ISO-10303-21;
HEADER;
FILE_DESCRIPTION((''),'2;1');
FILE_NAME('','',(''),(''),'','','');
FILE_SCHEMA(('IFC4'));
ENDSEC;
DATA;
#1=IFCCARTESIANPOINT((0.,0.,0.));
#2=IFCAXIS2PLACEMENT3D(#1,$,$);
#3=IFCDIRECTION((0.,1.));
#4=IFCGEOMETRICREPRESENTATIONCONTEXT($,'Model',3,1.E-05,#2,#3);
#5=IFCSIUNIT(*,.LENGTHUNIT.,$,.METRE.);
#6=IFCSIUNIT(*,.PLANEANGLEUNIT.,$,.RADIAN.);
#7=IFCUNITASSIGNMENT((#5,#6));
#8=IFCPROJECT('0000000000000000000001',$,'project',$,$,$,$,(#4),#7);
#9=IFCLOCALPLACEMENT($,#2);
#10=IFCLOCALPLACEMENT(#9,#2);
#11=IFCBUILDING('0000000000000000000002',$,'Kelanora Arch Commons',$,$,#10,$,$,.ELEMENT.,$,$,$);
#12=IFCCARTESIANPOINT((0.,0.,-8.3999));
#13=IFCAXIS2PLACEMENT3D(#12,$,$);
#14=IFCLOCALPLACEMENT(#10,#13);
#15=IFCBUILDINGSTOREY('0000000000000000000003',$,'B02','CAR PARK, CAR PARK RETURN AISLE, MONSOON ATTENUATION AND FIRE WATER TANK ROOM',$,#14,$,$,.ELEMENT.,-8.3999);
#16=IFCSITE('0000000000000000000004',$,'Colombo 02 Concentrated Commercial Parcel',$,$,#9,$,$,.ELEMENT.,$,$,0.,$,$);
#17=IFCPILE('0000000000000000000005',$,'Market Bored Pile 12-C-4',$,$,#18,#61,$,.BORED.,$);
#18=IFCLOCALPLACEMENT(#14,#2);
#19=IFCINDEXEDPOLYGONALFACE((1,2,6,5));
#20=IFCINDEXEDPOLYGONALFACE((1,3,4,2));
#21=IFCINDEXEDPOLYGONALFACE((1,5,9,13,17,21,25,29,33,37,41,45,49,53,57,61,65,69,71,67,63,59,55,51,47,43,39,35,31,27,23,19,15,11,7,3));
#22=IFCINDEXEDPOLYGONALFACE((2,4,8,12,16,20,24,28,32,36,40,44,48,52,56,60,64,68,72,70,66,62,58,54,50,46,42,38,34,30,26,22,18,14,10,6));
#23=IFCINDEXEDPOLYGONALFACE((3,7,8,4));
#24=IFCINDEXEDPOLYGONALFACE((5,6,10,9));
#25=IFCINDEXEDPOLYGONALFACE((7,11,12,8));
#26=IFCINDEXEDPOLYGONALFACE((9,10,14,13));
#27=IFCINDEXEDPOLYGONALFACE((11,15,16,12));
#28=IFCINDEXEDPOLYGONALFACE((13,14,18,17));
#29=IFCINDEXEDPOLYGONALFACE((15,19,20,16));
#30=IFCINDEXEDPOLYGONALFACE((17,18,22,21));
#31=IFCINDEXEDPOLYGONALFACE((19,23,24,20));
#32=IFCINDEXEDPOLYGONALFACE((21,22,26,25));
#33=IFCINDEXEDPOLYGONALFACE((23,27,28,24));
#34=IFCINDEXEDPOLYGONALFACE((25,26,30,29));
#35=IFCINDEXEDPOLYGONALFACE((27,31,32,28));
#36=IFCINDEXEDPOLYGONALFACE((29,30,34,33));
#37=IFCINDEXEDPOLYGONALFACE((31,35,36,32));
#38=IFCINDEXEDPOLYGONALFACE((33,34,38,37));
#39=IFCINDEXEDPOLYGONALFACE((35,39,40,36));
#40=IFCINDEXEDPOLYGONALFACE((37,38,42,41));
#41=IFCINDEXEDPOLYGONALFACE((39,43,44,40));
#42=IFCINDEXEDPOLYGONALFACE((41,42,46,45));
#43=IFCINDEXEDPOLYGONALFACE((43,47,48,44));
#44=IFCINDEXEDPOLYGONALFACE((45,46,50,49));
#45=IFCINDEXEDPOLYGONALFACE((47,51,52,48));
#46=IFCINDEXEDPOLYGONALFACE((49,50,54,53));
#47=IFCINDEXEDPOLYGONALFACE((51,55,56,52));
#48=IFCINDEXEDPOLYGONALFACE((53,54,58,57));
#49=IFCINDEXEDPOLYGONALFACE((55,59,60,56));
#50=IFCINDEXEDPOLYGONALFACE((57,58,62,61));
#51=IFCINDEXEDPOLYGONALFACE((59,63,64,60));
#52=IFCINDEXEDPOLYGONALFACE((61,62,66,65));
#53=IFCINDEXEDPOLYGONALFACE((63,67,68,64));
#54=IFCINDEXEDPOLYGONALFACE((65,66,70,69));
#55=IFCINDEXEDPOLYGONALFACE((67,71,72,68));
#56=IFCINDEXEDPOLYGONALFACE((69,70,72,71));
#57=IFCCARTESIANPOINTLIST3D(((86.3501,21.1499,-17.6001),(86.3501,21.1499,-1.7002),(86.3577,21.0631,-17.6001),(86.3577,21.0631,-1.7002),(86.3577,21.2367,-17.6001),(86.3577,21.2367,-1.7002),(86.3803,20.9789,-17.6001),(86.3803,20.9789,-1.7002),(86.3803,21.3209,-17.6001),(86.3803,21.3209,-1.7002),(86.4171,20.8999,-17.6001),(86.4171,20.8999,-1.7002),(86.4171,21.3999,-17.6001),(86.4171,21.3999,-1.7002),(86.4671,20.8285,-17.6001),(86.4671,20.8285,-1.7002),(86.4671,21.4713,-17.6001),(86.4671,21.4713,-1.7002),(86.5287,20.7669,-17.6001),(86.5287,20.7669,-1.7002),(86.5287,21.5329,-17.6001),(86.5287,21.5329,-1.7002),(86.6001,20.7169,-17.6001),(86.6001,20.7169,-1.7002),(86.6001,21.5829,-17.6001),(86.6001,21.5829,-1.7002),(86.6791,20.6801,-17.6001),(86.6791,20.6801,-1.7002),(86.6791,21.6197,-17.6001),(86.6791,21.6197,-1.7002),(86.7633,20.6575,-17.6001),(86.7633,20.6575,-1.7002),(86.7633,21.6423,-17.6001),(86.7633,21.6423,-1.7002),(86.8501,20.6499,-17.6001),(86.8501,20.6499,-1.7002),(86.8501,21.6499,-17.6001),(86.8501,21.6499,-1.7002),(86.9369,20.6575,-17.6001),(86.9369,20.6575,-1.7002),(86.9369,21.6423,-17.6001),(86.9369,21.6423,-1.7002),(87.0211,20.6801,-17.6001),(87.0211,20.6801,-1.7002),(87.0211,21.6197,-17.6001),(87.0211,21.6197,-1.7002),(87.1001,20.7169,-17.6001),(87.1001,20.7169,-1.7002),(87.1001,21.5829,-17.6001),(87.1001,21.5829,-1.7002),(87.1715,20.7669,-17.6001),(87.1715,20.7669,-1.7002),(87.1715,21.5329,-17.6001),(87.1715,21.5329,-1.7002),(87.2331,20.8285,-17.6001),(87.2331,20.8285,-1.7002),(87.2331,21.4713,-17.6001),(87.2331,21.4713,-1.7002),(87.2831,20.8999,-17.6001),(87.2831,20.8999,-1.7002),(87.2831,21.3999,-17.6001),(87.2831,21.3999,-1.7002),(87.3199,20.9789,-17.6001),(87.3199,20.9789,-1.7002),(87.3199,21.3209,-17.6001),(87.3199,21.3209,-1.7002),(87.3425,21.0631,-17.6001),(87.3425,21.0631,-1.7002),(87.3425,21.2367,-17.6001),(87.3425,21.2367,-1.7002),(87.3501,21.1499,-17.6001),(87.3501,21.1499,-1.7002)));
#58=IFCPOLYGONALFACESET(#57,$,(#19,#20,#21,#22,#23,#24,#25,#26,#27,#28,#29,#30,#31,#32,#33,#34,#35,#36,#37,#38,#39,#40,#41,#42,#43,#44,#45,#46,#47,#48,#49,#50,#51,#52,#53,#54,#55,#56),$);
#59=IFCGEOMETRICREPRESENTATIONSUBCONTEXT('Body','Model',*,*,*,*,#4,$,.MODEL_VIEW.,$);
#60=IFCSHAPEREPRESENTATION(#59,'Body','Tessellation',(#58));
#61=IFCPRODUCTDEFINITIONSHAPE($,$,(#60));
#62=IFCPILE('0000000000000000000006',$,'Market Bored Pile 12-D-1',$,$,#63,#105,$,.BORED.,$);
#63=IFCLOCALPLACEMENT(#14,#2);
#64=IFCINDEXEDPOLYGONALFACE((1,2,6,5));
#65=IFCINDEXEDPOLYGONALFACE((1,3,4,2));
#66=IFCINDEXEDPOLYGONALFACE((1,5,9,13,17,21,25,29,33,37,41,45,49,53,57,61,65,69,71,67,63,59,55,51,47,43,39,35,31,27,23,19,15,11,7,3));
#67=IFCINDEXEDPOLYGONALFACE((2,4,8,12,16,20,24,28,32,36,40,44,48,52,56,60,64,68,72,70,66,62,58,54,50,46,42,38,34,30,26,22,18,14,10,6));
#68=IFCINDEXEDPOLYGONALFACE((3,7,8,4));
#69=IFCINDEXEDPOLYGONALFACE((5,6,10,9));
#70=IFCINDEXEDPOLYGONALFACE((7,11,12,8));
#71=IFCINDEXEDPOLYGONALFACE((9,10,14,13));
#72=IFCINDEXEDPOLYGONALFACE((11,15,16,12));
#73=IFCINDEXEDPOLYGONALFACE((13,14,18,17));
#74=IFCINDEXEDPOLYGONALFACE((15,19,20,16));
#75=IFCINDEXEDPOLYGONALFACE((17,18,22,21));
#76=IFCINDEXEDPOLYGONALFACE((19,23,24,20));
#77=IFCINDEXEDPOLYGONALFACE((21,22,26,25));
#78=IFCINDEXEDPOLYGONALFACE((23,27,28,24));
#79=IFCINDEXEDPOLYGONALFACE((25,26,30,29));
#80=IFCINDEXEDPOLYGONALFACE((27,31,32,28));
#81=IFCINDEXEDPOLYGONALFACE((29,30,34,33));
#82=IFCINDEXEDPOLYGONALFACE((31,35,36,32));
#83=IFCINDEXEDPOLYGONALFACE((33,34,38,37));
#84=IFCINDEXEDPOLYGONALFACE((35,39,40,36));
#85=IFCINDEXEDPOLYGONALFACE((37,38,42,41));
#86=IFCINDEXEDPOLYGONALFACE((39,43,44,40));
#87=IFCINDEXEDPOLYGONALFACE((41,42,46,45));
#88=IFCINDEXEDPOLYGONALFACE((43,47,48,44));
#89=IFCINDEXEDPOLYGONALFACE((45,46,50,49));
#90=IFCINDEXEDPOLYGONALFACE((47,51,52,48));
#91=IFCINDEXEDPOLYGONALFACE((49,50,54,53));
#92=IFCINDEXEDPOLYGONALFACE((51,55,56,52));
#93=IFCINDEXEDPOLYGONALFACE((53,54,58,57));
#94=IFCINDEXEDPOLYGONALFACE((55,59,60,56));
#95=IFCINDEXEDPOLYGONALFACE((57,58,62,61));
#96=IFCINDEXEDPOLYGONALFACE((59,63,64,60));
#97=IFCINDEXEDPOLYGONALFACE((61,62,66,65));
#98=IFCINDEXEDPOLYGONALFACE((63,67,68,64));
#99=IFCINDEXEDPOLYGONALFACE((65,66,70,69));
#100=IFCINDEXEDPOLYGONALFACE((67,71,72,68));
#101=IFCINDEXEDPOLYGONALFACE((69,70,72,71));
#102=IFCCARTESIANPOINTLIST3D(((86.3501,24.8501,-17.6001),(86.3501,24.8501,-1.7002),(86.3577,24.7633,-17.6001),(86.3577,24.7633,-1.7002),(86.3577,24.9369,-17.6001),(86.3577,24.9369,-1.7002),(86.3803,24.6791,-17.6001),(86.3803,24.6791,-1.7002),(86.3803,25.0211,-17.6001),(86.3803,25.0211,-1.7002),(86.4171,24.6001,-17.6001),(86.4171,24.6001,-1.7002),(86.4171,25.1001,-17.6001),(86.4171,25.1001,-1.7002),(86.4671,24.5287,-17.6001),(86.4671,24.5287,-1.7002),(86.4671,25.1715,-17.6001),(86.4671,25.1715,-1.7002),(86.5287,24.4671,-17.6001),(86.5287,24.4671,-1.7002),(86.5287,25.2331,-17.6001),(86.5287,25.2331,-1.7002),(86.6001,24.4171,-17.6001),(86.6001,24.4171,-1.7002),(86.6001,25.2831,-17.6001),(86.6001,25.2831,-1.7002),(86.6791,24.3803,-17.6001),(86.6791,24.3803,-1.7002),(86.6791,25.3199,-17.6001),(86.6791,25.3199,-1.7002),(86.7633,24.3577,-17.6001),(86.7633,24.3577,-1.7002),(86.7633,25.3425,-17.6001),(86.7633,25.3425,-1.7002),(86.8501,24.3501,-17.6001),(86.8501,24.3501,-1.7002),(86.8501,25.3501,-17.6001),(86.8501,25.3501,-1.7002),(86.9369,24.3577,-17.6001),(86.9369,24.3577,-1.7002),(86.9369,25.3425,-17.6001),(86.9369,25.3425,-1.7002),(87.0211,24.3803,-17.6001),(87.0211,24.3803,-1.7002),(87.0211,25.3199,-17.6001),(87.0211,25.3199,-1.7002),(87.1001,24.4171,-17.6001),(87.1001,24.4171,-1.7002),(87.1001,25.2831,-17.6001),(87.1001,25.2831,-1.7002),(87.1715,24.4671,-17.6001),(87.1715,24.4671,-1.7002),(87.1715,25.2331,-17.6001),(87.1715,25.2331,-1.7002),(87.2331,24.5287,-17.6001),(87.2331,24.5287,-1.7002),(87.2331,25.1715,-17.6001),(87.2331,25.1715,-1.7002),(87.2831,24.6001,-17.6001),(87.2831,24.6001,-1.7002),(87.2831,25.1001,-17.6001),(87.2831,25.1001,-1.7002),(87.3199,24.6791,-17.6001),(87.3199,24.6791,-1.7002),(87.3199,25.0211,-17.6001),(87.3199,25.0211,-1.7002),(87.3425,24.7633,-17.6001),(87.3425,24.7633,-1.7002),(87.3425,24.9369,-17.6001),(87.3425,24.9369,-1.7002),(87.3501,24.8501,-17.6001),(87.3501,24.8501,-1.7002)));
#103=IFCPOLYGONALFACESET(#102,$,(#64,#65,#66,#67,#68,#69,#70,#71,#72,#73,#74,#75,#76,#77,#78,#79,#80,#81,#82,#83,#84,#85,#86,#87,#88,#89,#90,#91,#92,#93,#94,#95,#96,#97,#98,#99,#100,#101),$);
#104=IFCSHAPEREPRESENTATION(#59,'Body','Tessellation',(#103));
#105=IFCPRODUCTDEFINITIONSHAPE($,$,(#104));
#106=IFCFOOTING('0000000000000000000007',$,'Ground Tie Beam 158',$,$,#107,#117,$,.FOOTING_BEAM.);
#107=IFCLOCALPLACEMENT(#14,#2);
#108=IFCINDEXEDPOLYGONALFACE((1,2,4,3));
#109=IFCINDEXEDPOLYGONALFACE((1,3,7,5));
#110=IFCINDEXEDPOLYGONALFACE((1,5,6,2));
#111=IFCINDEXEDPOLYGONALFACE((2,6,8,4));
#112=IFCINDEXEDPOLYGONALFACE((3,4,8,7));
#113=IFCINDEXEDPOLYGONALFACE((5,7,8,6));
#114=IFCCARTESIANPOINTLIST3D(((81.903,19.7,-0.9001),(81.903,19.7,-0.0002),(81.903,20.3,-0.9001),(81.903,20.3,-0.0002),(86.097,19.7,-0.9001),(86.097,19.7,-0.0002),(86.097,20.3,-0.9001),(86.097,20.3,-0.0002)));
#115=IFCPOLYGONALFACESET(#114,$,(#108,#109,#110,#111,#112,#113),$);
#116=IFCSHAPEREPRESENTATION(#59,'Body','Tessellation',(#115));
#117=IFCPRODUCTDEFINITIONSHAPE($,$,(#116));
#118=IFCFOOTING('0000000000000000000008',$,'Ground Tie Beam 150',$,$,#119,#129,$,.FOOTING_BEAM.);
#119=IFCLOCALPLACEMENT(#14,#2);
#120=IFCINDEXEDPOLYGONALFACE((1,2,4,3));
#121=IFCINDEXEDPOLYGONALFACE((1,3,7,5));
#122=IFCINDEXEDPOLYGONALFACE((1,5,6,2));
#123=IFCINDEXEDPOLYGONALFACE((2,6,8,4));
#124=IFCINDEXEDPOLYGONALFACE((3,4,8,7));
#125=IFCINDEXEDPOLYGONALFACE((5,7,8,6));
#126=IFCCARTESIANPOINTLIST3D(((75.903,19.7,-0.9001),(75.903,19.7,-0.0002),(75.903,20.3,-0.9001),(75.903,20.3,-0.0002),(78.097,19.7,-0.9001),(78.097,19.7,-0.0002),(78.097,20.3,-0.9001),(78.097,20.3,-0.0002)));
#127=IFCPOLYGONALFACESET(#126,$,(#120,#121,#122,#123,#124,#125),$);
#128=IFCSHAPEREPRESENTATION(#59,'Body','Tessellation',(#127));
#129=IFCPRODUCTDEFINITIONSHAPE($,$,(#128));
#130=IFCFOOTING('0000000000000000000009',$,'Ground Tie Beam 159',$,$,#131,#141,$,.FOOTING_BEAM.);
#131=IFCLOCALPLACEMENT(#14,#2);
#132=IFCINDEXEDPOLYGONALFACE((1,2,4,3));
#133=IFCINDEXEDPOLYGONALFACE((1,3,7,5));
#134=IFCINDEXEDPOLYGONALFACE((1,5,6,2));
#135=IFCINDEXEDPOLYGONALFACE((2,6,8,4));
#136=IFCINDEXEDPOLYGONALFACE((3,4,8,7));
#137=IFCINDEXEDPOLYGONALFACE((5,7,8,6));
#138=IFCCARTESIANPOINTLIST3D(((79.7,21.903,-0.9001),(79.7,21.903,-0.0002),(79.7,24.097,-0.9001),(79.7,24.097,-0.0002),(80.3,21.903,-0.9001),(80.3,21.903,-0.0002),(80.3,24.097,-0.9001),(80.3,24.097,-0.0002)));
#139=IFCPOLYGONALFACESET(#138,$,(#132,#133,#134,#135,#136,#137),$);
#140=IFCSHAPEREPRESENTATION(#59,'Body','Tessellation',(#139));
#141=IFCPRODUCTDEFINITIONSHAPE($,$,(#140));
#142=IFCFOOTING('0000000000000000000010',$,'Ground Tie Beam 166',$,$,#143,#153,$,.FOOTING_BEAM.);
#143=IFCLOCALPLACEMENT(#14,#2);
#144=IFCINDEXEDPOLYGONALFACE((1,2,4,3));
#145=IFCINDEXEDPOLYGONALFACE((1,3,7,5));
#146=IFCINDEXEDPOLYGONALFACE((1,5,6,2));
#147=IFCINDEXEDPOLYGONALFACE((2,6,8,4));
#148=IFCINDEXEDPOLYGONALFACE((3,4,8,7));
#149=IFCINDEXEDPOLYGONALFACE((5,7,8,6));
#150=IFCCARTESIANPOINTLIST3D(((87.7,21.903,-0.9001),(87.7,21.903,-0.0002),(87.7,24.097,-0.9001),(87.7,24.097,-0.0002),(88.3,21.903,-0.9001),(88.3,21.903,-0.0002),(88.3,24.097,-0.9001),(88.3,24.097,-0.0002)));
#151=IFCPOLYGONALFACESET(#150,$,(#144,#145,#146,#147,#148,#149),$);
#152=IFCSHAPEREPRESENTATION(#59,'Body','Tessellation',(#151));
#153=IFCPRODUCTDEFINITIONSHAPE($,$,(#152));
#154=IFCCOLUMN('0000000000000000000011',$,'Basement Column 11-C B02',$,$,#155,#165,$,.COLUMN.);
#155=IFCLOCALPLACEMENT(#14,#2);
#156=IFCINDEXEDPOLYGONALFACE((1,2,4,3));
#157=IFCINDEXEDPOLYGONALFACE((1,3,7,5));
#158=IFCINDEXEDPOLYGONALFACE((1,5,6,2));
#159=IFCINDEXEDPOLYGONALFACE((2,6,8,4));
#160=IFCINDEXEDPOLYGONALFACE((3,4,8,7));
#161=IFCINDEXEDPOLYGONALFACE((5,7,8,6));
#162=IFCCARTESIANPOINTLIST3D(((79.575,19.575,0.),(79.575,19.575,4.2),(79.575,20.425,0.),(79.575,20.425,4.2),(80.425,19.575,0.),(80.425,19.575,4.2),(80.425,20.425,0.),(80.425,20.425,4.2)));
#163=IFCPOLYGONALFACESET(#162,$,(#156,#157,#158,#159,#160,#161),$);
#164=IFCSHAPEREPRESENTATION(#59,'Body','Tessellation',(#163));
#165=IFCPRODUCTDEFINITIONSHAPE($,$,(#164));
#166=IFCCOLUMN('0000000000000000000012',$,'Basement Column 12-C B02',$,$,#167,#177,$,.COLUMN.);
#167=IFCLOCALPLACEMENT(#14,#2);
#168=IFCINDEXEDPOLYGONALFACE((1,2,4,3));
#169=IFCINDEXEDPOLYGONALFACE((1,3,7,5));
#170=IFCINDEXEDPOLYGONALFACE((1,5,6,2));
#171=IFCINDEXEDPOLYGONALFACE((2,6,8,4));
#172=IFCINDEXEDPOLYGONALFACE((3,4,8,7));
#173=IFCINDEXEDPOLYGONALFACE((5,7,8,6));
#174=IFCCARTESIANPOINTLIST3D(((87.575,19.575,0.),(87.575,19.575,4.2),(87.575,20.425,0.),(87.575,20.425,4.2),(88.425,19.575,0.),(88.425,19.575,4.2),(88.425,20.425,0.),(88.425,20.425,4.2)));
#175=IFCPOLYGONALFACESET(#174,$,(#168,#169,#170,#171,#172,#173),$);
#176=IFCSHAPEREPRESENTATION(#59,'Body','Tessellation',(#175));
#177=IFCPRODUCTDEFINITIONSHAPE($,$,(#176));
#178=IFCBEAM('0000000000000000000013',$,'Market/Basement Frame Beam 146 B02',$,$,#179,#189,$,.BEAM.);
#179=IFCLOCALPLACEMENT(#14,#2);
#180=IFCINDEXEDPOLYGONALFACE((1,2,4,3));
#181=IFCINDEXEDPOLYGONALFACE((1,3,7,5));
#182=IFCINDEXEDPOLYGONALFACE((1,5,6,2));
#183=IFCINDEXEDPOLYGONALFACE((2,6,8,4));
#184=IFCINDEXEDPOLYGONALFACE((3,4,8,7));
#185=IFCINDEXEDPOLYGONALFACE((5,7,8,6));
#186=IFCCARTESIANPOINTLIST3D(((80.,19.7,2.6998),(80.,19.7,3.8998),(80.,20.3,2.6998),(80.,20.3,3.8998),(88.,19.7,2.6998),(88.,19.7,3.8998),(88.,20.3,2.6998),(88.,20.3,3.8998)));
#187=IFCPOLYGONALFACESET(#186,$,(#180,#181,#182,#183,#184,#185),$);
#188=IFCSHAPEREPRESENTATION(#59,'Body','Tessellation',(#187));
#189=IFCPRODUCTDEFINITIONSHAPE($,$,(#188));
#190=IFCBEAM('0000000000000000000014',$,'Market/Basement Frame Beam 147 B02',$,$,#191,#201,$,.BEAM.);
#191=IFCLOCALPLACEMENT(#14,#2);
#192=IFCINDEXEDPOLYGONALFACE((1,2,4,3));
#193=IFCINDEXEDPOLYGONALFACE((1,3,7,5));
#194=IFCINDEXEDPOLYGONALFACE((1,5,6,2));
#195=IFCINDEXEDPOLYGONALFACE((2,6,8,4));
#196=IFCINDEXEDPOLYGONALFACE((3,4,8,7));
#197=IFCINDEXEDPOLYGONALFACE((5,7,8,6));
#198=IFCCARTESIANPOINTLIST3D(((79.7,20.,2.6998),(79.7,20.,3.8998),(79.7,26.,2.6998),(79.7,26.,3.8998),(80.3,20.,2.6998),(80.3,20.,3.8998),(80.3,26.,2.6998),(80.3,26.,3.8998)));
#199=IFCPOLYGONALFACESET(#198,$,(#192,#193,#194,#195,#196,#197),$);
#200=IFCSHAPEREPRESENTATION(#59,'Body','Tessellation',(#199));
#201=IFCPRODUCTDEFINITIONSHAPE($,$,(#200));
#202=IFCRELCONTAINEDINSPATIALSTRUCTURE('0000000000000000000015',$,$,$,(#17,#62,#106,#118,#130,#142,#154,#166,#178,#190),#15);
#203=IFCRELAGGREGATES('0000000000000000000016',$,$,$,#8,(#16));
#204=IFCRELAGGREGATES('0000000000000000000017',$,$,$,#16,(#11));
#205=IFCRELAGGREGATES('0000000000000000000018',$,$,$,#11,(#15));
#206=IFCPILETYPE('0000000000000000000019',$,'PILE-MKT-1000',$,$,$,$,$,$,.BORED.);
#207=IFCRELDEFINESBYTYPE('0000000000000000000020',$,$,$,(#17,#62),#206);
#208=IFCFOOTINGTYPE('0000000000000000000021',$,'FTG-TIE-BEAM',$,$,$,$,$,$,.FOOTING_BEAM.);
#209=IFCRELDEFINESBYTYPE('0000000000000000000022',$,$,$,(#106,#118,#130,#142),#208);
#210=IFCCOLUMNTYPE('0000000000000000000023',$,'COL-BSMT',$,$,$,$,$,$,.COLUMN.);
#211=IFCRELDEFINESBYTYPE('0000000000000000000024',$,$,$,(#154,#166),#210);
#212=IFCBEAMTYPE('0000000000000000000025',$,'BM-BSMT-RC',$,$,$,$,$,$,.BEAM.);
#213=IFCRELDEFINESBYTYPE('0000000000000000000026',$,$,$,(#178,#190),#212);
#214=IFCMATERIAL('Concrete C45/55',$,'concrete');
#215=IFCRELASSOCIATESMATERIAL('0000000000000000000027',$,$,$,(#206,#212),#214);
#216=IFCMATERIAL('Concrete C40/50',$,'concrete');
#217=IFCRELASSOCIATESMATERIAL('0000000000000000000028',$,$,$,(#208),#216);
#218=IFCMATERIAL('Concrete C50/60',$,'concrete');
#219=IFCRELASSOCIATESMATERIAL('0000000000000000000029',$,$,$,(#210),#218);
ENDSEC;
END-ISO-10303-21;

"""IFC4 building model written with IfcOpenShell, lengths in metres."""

from ifc_helpers import new_model, si_unit, direction, frame, origin, origin_2d, place, context, subcontext, project, spatial, rectangle, circle, extrude, source, transform, mapped, material, material_profile, profile_set, type_object, element, save


model = new_model("IFC4")

# Units and contexts
model_context = context("Model", 3, precision=1e-05, world=origin(), true_north=direction((0.0, 1.0)))
body_context = subcontext(model_context, "Body", "Model", "MODEL_VIEW")
ifc_project = project(units=[si_unit("LENGTHUNIT", "METRE"), si_unit("PLANEANGLEUNIT", "RADIAN")], contexts=[model_context])

# Site, building, storey
site_placement = place(None, origin())
site = spatial("IfcSite", under=ifc_project, at=site_placement, Name="Colombo 02 Concentrated Commercial Parcel", CompositionType="ELEMENT", RefElevation=0.0)
building_placement = place(site_placement, origin())
building = spatial("IfcBuilding", under=site, at=building_placement, Name="Kelanora Arch Commons", CompositionType="ELEMENT")
storey_placement = place(building_placement, frame((0.0, 0.0, -8.3999)))
storey = spatial("IfcBuildingStorey", under=building, at=storey_placement, Name="B02", Description="CAR PARK, CAR PARK RETURN AISLE, MONSOON ATTENUATION AND FIRE WATER TANK ROOM", CompositionType="ELEMENT", Elevation=-8.3999)

# Shared definitions
ifc_material_1 = material(Name="Concrete C40/50", Category="concrete")

# Piles
ifc_material_2 = material(Name="Concrete C45/55", Category="concrete")
ifc_material_profile_1 = material_profile(ifc_material_2, circle(Radius=0.5, at=origin_2d()), Name="PILE1000")
ifc_profile_set_1 = profile_set([ifc_material_profile_1], Name="Concrete C45/55")
pile_type = type_object("IfcPileType", Name="PILE-MKT-1000", PredefinedType="BORED", material=ifc_profile_set_1)
shared_shape_1 = source(origin(), body_context, "Body", "SweptSolid", [
    extrude(circle(Radius=0.5, at=origin_2d()), origin(), (0.0, 0.0, 1.0), 15.8999),
])
for number, where, z_axis, x_axis, name in (
    (1, (86.8501, 21.1499, -1.7002), (0.0, 0.0, -1.0), (1.0, 0.0, 0.0), "Market Bored Pile 12-C-4"),
    (2, (86.8501, 24.8501, -1.7002), (0.0, 0.0, -1.0), (1.0, 0.0, 0.0), "Market Bored Pile 12-D-1"),
):
    element("IfcPile", number, at=place(storey_placement, frame(where, z_axis=z_axis, x_axis=x_axis)), inside=storey, type_object=pile_type, Name=name, PredefinedType="BORED", context=body_context, shape_type="MappedRepresentation", body=[
        mapped(shared_shape_1, transform((0.0, 0.0, 0.0), scale=1.0)),
    ])

# Footings
footing_type_1 = type_object("IfcFootingType", Name="FTG-TIE-BEAM", PredefinedType="FOOTING_BEAM", material=ifc_material_1)
shared_shape_2 = source(origin(), body_context, "Body", "SweptSolid", [
    extrude(rectangle(XDim=4.1941, YDim=0.6001, at=origin_2d()), origin(), (0.0, 0.0, 1.0), 0.8999),
])
footing_placement = place(storey_placement, frame((84.0, 20.0, -0.9001), z_axis=(0.0, 0.0, 1.0), x_axis=(1.0, 0.0, 0.0)))
element("IfcFooting", 3, at=footing_placement, inside=storey, type_object=footing_type_1, Name="Ground Tie Beam 158", PredefinedType="FOOTING_BEAM", context=body_context, shape_type="MappedRepresentation", body=[
    mapped(shared_shape_2, transform((0.0, 0.0, 0.0), scale=1.0)),
])
shared_shape_3 = source(origin(), body_context, "Body", "SweptSolid", [
    extrude(rectangle(XDim=2.1941, YDim=0.6001, at=origin_2d()), origin(), (0.0, 0.0, 1.0), 0.8999),
])
for number, where, z_axis, x_axis, name in (
    (4, (77.0, 20.0, -0.9001), (0.0, 0.0, 1.0), (1.0, 0.0, 0.0), "Ground Tie Beam 150"),
    (5, (80.0, 23.0, -0.9001), (0.0, 0.0, 1.0), (0.0, 1.0, 0.0), "Ground Tie Beam 159"),
    (6, (88.0, 23.0, -0.9001), (0.0, 0.0, 1.0), (0.0, 1.0, 0.0), "Ground Tie Beam 166"),
):
    element("IfcFooting", number, at=place(storey_placement, frame(where, z_axis=z_axis, x_axis=x_axis)), inside=storey, type_object=footing_type_1, Name=name, PredefinedType="FOOTING_BEAM", context=body_context, shape_type="MappedRepresentation", body=[
        mapped(shared_shape_3, transform((0.0, 0.0, 0.0), scale=1.0)),
    ])

# Columns
ifc_material_3 = material(Name="Concrete C50/60", Category="concrete")
ifc_material_profile_2 = material_profile(ifc_material_3, rectangle(XDim=0.8501, YDim=0.8501, at=origin_2d()), Name="RC850x850")
ifc_profile_set_2 = profile_set([ifc_material_profile_2], Name="Concrete C50/60")
column_type = type_object("IfcColumnType", Name="COL-BSMT", PredefinedType="COLUMN", material=ifc_profile_set_2)
for number, where, z_axis, x_axis, name in (
    (7, (80.0, 20.0, 0.0), (0.0, 0.0, 1.0), (1.0, 0.0, 0.0), "Basement Column 11-C B02"),
    (8, (88.0, 20.0, 0.0), (0.0, 0.0, 1.0), (1.0, 0.0, 0.0), "Basement Column 12-C B02"),
):
    element("IfcColumn", number, at=place(storey_placement, frame(where, z_axis=z_axis, x_axis=x_axis)), inside=storey, type_object=column_type, Name=name, PredefinedType="COLUMN", context=body_context, shape_type="SweptSolid", body=[
        extrude(rectangle(XDim=0.8501, YDim=0.8501, at=origin_2d()), origin(), (0.0, 0.0, 1.0), 4.2),
    ])

# Beams
ifc_material_profile_3 = material_profile(ifc_material_2, rectangle(XDim=0.6001, YDim=1.2, at=origin_2d()), Name="RCB600x1200")
ifc_profile_set_3 = profile_set([ifc_material_profile_3], Name="Concrete C45/55")
beam_type = type_object("IfcBeamType", Name="BM-BSMT-RC", PredefinedType="BEAM", material=ifc_profile_set_3)
beam_1_placement = place(storey_placement, frame((80.0, 20.0, 3.2998), z_axis=(1.0, 0.0, 0.0), x_axis=(0.0, 1.0, 0.0)))
element("IfcBeam", 9, at=beam_1_placement, inside=storey, type_object=beam_type, Name="Market/Basement Frame Beam 146 B02", PredefinedType="BEAM", context=body_context, shape_type="SweptSolid", body=[
    extrude(rectangle(XDim=0.6001, YDim=1.2, at=origin_2d()), origin(), (0.0, 0.0, 1.0), 8.0),
])
beam_2_placement = place(storey_placement, frame((80.0, 20.0, 3.2998), z_axis=(0.0, 1.0, 0.0), x_axis=(-1.0, 0.0, 0.0)))
element("IfcBeam", 10, at=beam_2_placement, inside=storey, type_object=beam_type, Name="Market/Basement Frame Beam 147 B02", PredefinedType="BEAM", context=body_context, shape_type="SweptSolid", body=[
    extrude(rectangle(XDim=0.6001, YDim=1.2, at=origin_2d()), origin(), (0.0, 0.0, 1.0), 6.0),
])

save(model, "model.ifc")
